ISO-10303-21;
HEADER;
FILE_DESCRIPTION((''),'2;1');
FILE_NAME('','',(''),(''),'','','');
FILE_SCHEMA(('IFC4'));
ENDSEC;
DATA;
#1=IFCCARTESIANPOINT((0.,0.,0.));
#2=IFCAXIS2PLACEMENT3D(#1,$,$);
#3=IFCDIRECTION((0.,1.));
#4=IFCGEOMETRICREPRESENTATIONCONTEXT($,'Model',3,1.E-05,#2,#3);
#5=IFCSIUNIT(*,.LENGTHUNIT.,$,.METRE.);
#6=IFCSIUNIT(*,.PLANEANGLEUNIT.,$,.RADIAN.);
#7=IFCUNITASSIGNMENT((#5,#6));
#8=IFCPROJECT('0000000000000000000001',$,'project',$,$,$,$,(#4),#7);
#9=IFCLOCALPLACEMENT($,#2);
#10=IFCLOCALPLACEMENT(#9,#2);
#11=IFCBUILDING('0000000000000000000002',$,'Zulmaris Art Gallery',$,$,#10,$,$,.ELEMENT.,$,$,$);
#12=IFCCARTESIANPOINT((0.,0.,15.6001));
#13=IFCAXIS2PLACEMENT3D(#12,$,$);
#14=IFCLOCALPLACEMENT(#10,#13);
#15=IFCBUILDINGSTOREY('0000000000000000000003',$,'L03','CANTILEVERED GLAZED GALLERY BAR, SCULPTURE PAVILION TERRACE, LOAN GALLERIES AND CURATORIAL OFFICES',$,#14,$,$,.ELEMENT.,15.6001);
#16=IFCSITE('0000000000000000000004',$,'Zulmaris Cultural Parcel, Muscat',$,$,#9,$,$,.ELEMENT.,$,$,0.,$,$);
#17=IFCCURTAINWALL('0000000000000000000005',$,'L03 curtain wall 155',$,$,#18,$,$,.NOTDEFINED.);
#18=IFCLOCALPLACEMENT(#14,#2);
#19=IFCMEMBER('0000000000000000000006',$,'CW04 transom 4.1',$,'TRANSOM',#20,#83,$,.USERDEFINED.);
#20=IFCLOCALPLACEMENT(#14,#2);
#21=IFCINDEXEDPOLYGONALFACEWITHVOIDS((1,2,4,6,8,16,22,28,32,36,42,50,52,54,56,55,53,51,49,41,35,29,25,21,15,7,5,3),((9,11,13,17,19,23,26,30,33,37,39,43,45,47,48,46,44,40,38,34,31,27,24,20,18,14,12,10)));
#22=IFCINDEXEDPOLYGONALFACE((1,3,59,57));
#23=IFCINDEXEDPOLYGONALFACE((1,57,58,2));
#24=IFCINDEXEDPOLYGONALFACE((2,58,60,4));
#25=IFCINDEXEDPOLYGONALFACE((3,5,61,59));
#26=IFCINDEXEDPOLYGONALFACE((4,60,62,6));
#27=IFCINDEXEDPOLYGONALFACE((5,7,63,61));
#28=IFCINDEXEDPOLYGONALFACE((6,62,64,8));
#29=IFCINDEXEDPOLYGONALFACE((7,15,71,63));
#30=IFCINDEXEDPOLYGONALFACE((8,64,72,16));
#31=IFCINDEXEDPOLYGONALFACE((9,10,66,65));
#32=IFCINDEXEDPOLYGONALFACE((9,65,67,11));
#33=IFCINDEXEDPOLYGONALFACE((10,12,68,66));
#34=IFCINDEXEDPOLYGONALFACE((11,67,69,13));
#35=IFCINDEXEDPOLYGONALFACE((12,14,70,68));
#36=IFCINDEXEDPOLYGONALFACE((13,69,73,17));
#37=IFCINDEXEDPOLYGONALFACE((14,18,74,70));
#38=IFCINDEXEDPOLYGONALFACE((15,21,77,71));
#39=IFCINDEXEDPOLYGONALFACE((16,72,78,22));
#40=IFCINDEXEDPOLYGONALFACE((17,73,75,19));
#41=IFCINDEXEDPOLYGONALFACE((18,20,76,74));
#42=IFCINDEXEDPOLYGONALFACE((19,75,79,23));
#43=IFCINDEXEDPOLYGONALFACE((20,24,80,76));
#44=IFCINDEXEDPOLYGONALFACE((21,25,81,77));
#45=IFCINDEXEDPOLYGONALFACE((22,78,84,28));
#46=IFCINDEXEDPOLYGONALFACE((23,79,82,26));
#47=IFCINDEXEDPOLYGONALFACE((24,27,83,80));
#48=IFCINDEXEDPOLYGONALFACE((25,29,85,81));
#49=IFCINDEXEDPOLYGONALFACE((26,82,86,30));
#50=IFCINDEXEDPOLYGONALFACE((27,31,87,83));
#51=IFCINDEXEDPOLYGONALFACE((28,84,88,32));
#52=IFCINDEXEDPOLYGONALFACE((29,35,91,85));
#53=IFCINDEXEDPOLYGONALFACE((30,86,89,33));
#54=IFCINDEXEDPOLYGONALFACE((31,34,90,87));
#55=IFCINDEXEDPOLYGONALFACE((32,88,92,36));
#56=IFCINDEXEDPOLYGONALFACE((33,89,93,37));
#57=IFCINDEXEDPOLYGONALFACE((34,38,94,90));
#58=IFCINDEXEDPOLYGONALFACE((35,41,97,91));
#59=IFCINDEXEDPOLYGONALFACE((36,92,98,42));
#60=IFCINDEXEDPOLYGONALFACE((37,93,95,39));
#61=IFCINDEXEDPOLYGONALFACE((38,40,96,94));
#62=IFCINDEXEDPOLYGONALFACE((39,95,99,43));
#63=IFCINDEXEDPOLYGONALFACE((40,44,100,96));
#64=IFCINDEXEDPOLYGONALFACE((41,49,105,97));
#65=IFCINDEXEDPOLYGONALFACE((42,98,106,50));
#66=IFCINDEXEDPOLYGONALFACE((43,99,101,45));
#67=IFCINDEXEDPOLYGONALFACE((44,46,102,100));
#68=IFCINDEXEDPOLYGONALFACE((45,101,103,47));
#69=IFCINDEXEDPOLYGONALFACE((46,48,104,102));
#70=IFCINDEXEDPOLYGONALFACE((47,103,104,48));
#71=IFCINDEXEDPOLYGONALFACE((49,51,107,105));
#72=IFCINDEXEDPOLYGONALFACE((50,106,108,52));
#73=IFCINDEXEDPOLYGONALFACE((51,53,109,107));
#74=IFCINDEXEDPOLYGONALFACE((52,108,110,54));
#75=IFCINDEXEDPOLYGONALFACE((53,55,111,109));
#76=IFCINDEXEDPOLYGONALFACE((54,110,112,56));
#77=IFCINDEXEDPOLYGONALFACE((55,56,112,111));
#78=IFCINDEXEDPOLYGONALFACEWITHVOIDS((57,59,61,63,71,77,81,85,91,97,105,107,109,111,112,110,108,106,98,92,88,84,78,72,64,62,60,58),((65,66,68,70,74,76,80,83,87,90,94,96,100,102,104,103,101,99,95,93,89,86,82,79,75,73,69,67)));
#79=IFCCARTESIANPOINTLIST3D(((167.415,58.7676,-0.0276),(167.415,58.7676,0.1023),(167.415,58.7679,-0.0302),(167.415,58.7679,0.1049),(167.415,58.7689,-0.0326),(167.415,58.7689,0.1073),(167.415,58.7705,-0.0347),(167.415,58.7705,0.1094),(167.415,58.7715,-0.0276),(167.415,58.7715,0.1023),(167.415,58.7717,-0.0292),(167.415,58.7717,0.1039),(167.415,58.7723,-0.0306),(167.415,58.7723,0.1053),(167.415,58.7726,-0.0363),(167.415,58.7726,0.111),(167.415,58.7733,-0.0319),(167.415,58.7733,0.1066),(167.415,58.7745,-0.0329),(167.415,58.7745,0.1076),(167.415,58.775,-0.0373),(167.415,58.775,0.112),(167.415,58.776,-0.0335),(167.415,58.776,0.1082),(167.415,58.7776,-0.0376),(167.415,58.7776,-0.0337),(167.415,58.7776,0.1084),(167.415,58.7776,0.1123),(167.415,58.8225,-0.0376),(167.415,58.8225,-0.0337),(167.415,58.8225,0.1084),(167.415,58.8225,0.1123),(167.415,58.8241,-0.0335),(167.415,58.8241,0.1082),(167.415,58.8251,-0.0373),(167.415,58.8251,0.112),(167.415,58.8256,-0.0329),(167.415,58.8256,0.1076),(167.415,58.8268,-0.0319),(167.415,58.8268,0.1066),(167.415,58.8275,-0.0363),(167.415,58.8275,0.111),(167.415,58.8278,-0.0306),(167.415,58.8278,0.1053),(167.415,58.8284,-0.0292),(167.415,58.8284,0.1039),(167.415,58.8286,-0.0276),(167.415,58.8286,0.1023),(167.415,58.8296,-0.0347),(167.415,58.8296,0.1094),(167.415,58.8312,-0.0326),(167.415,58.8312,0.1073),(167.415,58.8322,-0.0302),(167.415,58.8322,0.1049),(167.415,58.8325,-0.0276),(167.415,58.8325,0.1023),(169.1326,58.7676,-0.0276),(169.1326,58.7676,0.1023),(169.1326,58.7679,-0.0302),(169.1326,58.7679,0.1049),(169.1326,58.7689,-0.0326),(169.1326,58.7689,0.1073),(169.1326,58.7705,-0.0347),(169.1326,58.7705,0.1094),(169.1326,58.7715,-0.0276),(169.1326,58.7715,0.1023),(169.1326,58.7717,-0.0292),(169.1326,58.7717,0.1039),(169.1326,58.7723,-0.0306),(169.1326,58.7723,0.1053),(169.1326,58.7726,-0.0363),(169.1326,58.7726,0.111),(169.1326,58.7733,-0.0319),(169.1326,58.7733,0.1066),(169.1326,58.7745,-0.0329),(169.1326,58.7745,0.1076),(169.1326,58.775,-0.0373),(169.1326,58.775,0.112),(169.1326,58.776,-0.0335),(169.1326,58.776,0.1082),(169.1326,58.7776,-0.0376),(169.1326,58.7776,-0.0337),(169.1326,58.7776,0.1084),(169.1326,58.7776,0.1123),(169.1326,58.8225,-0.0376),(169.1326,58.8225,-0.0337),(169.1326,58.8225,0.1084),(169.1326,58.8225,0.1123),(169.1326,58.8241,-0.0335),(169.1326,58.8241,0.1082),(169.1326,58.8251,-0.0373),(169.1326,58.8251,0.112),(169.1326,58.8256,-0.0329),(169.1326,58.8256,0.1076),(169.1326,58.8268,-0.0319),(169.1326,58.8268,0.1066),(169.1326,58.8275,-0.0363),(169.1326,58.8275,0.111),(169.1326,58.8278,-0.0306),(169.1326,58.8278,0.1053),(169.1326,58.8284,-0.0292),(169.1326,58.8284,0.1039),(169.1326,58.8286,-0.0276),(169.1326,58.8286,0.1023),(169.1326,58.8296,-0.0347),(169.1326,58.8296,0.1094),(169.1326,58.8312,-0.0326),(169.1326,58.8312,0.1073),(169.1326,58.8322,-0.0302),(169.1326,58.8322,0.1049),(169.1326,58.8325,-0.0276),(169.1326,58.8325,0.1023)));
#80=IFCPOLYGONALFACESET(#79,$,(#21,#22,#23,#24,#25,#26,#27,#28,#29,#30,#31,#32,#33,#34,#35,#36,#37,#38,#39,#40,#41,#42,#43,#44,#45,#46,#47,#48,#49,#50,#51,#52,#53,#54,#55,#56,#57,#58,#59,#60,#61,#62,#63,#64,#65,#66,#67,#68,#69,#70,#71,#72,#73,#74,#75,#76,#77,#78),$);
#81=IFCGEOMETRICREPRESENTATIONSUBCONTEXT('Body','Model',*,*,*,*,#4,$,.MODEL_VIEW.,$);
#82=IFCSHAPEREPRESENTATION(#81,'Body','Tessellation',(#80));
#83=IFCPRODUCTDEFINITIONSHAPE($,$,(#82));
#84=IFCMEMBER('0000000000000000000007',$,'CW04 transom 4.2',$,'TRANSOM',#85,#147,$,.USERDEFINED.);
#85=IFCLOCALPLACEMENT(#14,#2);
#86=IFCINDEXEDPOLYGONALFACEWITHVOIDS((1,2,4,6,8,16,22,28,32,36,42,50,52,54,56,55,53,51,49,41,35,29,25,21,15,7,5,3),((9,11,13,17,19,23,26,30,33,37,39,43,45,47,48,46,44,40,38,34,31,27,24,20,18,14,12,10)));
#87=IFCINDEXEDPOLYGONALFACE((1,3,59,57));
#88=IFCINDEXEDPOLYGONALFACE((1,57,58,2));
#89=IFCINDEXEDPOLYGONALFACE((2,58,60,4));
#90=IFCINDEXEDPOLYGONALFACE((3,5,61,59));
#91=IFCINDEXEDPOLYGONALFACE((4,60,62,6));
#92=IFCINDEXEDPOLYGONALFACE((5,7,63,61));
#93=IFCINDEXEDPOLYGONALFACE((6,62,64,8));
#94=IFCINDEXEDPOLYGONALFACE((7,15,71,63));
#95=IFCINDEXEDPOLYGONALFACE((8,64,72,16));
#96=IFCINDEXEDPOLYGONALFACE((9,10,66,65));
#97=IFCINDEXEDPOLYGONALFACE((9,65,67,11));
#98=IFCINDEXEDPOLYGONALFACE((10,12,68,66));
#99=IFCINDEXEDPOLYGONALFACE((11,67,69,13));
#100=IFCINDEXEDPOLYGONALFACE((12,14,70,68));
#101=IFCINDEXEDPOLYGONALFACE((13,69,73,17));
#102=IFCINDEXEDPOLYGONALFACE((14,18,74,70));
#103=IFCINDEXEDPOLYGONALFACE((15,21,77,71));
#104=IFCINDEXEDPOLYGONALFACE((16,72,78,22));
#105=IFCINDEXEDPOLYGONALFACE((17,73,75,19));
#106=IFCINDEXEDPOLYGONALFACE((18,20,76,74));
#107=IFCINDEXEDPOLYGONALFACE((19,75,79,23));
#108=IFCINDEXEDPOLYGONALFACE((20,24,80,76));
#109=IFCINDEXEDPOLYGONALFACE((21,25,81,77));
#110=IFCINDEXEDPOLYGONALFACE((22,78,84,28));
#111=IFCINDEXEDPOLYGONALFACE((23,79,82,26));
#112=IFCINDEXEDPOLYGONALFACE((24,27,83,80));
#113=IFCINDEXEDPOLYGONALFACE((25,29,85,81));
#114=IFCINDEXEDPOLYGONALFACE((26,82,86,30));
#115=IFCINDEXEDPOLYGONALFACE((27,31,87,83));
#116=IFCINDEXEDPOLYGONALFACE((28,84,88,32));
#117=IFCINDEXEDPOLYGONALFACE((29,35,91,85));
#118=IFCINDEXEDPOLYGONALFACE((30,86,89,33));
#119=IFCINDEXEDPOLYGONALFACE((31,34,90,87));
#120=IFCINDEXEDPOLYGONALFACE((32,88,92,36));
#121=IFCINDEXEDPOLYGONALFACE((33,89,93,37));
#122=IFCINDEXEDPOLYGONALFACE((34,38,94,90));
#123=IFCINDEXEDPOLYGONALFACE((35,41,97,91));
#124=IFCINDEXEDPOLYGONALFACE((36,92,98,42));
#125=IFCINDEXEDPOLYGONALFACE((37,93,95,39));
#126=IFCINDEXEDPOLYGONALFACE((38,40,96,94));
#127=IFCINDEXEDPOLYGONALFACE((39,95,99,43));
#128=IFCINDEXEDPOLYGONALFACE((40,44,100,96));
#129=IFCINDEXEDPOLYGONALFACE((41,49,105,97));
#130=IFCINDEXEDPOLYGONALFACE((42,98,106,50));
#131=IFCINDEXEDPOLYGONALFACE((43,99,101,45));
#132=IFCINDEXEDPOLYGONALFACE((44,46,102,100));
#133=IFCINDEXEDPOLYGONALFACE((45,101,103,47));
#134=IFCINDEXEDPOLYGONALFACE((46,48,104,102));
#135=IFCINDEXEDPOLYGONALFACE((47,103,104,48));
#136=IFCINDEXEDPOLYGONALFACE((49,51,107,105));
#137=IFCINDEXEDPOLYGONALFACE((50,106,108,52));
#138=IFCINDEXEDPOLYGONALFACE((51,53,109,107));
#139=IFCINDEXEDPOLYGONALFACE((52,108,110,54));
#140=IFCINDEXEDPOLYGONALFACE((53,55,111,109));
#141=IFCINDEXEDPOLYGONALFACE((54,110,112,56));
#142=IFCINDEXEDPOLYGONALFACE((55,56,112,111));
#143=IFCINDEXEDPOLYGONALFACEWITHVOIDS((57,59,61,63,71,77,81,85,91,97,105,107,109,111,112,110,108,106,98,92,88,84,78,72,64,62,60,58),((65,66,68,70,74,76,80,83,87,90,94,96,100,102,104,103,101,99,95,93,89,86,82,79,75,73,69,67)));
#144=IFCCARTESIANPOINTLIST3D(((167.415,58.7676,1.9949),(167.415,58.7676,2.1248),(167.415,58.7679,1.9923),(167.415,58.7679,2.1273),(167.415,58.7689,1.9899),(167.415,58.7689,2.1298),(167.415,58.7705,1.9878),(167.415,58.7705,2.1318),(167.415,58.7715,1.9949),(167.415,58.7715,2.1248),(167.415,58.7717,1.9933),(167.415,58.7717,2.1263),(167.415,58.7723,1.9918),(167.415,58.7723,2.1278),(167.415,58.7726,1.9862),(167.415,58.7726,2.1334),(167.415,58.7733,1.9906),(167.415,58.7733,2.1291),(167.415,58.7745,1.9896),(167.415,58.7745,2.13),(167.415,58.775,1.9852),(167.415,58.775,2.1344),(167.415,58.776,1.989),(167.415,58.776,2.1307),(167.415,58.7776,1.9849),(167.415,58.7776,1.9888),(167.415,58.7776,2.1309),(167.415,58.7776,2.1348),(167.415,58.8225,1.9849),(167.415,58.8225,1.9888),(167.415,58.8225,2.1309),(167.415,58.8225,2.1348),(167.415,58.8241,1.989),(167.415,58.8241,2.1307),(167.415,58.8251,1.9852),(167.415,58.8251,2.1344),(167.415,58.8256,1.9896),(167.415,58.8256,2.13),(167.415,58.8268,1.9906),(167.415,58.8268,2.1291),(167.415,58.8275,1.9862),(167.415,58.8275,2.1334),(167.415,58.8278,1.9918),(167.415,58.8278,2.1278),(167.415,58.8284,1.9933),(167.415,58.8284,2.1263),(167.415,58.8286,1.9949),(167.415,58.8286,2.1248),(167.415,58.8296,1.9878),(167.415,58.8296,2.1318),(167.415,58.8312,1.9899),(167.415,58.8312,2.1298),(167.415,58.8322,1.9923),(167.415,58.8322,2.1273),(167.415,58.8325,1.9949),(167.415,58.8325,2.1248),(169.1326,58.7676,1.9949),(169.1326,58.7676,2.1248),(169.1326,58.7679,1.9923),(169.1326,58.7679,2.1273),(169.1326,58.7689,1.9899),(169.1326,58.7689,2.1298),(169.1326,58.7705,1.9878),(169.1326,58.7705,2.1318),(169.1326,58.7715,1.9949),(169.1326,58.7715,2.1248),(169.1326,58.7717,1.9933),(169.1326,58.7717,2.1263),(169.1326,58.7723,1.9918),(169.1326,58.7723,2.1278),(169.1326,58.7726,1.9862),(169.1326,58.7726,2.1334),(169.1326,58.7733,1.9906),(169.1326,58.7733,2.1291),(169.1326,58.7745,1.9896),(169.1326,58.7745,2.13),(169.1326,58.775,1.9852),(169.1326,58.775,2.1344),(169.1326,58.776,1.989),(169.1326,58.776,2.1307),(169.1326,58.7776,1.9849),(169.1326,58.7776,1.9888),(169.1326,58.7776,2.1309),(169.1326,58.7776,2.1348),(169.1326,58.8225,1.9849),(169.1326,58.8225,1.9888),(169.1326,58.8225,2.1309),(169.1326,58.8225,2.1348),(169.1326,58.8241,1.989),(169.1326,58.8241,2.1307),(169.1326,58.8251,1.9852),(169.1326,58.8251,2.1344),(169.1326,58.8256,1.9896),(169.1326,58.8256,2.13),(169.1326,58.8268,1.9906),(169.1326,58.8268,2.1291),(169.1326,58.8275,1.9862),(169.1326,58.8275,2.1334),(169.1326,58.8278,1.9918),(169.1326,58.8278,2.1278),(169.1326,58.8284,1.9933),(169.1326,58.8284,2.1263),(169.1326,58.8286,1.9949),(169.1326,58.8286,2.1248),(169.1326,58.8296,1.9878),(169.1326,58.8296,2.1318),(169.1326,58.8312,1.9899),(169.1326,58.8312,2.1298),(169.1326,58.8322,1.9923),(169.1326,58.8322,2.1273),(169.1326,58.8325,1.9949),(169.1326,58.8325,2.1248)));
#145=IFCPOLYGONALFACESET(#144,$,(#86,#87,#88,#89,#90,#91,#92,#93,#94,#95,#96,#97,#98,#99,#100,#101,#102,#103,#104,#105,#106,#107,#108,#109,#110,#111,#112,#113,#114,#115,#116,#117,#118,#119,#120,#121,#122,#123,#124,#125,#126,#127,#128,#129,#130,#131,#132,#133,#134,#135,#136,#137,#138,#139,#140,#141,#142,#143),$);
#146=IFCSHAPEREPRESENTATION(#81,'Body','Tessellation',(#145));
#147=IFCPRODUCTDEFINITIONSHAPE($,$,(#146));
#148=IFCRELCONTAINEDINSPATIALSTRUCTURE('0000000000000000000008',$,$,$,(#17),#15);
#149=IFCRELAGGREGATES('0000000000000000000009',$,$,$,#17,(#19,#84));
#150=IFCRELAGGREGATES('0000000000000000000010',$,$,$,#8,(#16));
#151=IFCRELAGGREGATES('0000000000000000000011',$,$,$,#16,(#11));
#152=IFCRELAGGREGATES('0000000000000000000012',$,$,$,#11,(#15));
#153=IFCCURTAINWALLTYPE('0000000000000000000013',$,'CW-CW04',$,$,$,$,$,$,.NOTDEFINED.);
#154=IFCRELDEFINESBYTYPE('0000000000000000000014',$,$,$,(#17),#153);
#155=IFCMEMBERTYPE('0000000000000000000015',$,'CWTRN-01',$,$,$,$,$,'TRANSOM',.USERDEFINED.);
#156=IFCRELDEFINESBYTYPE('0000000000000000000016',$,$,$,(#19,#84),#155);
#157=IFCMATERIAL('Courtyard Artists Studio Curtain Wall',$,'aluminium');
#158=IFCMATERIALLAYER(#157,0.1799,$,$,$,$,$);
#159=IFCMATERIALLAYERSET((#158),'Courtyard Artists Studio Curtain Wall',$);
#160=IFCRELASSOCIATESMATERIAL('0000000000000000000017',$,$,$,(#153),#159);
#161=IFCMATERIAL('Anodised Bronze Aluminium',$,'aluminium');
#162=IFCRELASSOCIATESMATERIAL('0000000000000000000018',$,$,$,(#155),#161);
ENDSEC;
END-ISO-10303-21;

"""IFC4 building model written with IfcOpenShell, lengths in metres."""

from ifc_helpers import new_model, si_unit, direction, frame, origin, origin_2d, place, context, subcontext, project, spatial, hollow_rectangle, extrude, material, layer, layer_set, material_profile, profile_set, type_object, element, aggregate, save


model = new_model("IFC4")

# Units and contexts
model_context = context("Model", 3, precision=1e-05, world=origin(), true_north=direction((0.0, 1.0)))
body_context = subcontext(model_context, "Body", "Model", "MODEL_VIEW")
ifc_project = project(units=[si_unit("LENGTHUNIT", "METRE"), si_unit("PLANEANGLEUNIT", "RADIAN")], contexts=[model_context])

# Site, building, storey
site_placement = place(None, origin())
site = spatial("IfcSite", under=ifc_project, at=site_placement, Name="Zulmaris Cultural Parcel, Muscat", CompositionType="ELEMENT", RefElevation=0.0)
building_placement = place(site_placement, origin())
building = spatial("IfcBuilding", under=site, at=building_placement, Name="Zulmaris Art Gallery", CompositionType="ELEMENT")
storey_placement = place(building_placement, frame((0.0, 0.0, 15.6001)))
storey = spatial("IfcBuildingStorey", under=building, at=storey_placement, Name="L03", Description="CANTILEVERED GLAZED GALLERY BAR, SCULPTURE PAVILION TERRACE, LOAN GALLERIES AND CURATORIAL OFFICES", CompositionType="ELEMENT", Elevation=15.6001)

# Shared definitions
ifc_material_1 = material(Name="Courtyard Artists Studio Curtain Wall", Category="aluminium")
ifc_layer_1 = layer(ifc_material_1, 0.1799)
ifc_layer_set_1 = layer_set([ifc_layer_1], Name="Courtyard Artists Studio Curtain Wall")
curtain_wall_type = type_object("IfcCurtainWallType", Name="CW-CW04", PredefinedType="NOTDEFINED", material=ifc_layer_set_1)
ifc_material_2 = material(Name="Anodised Bronze Aluminium", Category="aluminium")

# Curtain wall, members
curtain_wall_1_placement = place(storey_placement, origin())
curtain_wall_1 = element("IfcCurtainWall", 1, at=curtain_wall_1_placement, inside=storey, type_object=curtain_wall_type, Name="L03 curtain wall 155", PredefinedType="NOTDEFINED")
ifc_material_profile_1 = material_profile(ifc_material_2, hollow_rectangle(XDim=0.0649, YDim=0.1499, WallThickness=0.0039, InnerFilletRadius=0.0061, OuterFilletRadius=0.01, at=origin_2d()), Name="ALU 65x150x4")
ifc_profile_set_1 = profile_set([ifc_material_profile_1], Name="Anodised Bronze Aluminium")
member_type_1 = type_object("IfcMemberType", Name="CWTRN-01", ElementType="TRANSOM", PredefinedType="USERDEFINED", material=ifc_profile_set_1)
member_1_placement = place(storey_placement, frame((169.1326, 58.8, 0.0374), z_axis=(-1.0, 0.0, 0.0), x_axis=(0.0, -1.0, 0.0)))
member_1 = element("IfcMember", 2, at=member_1_placement, type_object=member_type_1, Name="CW04 transom 4.1", ObjectType="TRANSOM", PredefinedType="USERDEFINED", context=body_context, shape_type="SweptSolid", body=[
    extrude(hollow_rectangle(XDim=0.0649, YDim=0.1499, WallThickness=0.0039, InnerFilletRadius=0.0061, OuterFilletRadius=0.01, at=origin_2d()), origin(), (0.0, 0.0, 1.0), 1.7175),
])
member_2_placement = place(storey_placement, frame((169.1326, 58.8, 2.0598), z_axis=(-1.0, 0.0, 0.0), x_axis=(0.0, -1.0, 0.0)))
member_2 = element("IfcMember", 3, at=member_2_placement, type_object=member_type_1, Name="CW04 transom 4.2", ObjectType="TRANSOM", PredefinedType="USERDEFINED", context=body_context, shape_type="SweptSolid", body=[
    extrude(hollow_rectangle(XDim=0.0649, YDim=0.1499, WallThickness=0.0039, InnerFilletRadius=0.0061, OuterFilletRadius=0.01, at=origin_2d()), origin(), (0.0, 0.0, 1.0), 1.7175),
])
aggregate(curtain_wall_1, [member_1, member_2])

save(model, "model.ifc")
